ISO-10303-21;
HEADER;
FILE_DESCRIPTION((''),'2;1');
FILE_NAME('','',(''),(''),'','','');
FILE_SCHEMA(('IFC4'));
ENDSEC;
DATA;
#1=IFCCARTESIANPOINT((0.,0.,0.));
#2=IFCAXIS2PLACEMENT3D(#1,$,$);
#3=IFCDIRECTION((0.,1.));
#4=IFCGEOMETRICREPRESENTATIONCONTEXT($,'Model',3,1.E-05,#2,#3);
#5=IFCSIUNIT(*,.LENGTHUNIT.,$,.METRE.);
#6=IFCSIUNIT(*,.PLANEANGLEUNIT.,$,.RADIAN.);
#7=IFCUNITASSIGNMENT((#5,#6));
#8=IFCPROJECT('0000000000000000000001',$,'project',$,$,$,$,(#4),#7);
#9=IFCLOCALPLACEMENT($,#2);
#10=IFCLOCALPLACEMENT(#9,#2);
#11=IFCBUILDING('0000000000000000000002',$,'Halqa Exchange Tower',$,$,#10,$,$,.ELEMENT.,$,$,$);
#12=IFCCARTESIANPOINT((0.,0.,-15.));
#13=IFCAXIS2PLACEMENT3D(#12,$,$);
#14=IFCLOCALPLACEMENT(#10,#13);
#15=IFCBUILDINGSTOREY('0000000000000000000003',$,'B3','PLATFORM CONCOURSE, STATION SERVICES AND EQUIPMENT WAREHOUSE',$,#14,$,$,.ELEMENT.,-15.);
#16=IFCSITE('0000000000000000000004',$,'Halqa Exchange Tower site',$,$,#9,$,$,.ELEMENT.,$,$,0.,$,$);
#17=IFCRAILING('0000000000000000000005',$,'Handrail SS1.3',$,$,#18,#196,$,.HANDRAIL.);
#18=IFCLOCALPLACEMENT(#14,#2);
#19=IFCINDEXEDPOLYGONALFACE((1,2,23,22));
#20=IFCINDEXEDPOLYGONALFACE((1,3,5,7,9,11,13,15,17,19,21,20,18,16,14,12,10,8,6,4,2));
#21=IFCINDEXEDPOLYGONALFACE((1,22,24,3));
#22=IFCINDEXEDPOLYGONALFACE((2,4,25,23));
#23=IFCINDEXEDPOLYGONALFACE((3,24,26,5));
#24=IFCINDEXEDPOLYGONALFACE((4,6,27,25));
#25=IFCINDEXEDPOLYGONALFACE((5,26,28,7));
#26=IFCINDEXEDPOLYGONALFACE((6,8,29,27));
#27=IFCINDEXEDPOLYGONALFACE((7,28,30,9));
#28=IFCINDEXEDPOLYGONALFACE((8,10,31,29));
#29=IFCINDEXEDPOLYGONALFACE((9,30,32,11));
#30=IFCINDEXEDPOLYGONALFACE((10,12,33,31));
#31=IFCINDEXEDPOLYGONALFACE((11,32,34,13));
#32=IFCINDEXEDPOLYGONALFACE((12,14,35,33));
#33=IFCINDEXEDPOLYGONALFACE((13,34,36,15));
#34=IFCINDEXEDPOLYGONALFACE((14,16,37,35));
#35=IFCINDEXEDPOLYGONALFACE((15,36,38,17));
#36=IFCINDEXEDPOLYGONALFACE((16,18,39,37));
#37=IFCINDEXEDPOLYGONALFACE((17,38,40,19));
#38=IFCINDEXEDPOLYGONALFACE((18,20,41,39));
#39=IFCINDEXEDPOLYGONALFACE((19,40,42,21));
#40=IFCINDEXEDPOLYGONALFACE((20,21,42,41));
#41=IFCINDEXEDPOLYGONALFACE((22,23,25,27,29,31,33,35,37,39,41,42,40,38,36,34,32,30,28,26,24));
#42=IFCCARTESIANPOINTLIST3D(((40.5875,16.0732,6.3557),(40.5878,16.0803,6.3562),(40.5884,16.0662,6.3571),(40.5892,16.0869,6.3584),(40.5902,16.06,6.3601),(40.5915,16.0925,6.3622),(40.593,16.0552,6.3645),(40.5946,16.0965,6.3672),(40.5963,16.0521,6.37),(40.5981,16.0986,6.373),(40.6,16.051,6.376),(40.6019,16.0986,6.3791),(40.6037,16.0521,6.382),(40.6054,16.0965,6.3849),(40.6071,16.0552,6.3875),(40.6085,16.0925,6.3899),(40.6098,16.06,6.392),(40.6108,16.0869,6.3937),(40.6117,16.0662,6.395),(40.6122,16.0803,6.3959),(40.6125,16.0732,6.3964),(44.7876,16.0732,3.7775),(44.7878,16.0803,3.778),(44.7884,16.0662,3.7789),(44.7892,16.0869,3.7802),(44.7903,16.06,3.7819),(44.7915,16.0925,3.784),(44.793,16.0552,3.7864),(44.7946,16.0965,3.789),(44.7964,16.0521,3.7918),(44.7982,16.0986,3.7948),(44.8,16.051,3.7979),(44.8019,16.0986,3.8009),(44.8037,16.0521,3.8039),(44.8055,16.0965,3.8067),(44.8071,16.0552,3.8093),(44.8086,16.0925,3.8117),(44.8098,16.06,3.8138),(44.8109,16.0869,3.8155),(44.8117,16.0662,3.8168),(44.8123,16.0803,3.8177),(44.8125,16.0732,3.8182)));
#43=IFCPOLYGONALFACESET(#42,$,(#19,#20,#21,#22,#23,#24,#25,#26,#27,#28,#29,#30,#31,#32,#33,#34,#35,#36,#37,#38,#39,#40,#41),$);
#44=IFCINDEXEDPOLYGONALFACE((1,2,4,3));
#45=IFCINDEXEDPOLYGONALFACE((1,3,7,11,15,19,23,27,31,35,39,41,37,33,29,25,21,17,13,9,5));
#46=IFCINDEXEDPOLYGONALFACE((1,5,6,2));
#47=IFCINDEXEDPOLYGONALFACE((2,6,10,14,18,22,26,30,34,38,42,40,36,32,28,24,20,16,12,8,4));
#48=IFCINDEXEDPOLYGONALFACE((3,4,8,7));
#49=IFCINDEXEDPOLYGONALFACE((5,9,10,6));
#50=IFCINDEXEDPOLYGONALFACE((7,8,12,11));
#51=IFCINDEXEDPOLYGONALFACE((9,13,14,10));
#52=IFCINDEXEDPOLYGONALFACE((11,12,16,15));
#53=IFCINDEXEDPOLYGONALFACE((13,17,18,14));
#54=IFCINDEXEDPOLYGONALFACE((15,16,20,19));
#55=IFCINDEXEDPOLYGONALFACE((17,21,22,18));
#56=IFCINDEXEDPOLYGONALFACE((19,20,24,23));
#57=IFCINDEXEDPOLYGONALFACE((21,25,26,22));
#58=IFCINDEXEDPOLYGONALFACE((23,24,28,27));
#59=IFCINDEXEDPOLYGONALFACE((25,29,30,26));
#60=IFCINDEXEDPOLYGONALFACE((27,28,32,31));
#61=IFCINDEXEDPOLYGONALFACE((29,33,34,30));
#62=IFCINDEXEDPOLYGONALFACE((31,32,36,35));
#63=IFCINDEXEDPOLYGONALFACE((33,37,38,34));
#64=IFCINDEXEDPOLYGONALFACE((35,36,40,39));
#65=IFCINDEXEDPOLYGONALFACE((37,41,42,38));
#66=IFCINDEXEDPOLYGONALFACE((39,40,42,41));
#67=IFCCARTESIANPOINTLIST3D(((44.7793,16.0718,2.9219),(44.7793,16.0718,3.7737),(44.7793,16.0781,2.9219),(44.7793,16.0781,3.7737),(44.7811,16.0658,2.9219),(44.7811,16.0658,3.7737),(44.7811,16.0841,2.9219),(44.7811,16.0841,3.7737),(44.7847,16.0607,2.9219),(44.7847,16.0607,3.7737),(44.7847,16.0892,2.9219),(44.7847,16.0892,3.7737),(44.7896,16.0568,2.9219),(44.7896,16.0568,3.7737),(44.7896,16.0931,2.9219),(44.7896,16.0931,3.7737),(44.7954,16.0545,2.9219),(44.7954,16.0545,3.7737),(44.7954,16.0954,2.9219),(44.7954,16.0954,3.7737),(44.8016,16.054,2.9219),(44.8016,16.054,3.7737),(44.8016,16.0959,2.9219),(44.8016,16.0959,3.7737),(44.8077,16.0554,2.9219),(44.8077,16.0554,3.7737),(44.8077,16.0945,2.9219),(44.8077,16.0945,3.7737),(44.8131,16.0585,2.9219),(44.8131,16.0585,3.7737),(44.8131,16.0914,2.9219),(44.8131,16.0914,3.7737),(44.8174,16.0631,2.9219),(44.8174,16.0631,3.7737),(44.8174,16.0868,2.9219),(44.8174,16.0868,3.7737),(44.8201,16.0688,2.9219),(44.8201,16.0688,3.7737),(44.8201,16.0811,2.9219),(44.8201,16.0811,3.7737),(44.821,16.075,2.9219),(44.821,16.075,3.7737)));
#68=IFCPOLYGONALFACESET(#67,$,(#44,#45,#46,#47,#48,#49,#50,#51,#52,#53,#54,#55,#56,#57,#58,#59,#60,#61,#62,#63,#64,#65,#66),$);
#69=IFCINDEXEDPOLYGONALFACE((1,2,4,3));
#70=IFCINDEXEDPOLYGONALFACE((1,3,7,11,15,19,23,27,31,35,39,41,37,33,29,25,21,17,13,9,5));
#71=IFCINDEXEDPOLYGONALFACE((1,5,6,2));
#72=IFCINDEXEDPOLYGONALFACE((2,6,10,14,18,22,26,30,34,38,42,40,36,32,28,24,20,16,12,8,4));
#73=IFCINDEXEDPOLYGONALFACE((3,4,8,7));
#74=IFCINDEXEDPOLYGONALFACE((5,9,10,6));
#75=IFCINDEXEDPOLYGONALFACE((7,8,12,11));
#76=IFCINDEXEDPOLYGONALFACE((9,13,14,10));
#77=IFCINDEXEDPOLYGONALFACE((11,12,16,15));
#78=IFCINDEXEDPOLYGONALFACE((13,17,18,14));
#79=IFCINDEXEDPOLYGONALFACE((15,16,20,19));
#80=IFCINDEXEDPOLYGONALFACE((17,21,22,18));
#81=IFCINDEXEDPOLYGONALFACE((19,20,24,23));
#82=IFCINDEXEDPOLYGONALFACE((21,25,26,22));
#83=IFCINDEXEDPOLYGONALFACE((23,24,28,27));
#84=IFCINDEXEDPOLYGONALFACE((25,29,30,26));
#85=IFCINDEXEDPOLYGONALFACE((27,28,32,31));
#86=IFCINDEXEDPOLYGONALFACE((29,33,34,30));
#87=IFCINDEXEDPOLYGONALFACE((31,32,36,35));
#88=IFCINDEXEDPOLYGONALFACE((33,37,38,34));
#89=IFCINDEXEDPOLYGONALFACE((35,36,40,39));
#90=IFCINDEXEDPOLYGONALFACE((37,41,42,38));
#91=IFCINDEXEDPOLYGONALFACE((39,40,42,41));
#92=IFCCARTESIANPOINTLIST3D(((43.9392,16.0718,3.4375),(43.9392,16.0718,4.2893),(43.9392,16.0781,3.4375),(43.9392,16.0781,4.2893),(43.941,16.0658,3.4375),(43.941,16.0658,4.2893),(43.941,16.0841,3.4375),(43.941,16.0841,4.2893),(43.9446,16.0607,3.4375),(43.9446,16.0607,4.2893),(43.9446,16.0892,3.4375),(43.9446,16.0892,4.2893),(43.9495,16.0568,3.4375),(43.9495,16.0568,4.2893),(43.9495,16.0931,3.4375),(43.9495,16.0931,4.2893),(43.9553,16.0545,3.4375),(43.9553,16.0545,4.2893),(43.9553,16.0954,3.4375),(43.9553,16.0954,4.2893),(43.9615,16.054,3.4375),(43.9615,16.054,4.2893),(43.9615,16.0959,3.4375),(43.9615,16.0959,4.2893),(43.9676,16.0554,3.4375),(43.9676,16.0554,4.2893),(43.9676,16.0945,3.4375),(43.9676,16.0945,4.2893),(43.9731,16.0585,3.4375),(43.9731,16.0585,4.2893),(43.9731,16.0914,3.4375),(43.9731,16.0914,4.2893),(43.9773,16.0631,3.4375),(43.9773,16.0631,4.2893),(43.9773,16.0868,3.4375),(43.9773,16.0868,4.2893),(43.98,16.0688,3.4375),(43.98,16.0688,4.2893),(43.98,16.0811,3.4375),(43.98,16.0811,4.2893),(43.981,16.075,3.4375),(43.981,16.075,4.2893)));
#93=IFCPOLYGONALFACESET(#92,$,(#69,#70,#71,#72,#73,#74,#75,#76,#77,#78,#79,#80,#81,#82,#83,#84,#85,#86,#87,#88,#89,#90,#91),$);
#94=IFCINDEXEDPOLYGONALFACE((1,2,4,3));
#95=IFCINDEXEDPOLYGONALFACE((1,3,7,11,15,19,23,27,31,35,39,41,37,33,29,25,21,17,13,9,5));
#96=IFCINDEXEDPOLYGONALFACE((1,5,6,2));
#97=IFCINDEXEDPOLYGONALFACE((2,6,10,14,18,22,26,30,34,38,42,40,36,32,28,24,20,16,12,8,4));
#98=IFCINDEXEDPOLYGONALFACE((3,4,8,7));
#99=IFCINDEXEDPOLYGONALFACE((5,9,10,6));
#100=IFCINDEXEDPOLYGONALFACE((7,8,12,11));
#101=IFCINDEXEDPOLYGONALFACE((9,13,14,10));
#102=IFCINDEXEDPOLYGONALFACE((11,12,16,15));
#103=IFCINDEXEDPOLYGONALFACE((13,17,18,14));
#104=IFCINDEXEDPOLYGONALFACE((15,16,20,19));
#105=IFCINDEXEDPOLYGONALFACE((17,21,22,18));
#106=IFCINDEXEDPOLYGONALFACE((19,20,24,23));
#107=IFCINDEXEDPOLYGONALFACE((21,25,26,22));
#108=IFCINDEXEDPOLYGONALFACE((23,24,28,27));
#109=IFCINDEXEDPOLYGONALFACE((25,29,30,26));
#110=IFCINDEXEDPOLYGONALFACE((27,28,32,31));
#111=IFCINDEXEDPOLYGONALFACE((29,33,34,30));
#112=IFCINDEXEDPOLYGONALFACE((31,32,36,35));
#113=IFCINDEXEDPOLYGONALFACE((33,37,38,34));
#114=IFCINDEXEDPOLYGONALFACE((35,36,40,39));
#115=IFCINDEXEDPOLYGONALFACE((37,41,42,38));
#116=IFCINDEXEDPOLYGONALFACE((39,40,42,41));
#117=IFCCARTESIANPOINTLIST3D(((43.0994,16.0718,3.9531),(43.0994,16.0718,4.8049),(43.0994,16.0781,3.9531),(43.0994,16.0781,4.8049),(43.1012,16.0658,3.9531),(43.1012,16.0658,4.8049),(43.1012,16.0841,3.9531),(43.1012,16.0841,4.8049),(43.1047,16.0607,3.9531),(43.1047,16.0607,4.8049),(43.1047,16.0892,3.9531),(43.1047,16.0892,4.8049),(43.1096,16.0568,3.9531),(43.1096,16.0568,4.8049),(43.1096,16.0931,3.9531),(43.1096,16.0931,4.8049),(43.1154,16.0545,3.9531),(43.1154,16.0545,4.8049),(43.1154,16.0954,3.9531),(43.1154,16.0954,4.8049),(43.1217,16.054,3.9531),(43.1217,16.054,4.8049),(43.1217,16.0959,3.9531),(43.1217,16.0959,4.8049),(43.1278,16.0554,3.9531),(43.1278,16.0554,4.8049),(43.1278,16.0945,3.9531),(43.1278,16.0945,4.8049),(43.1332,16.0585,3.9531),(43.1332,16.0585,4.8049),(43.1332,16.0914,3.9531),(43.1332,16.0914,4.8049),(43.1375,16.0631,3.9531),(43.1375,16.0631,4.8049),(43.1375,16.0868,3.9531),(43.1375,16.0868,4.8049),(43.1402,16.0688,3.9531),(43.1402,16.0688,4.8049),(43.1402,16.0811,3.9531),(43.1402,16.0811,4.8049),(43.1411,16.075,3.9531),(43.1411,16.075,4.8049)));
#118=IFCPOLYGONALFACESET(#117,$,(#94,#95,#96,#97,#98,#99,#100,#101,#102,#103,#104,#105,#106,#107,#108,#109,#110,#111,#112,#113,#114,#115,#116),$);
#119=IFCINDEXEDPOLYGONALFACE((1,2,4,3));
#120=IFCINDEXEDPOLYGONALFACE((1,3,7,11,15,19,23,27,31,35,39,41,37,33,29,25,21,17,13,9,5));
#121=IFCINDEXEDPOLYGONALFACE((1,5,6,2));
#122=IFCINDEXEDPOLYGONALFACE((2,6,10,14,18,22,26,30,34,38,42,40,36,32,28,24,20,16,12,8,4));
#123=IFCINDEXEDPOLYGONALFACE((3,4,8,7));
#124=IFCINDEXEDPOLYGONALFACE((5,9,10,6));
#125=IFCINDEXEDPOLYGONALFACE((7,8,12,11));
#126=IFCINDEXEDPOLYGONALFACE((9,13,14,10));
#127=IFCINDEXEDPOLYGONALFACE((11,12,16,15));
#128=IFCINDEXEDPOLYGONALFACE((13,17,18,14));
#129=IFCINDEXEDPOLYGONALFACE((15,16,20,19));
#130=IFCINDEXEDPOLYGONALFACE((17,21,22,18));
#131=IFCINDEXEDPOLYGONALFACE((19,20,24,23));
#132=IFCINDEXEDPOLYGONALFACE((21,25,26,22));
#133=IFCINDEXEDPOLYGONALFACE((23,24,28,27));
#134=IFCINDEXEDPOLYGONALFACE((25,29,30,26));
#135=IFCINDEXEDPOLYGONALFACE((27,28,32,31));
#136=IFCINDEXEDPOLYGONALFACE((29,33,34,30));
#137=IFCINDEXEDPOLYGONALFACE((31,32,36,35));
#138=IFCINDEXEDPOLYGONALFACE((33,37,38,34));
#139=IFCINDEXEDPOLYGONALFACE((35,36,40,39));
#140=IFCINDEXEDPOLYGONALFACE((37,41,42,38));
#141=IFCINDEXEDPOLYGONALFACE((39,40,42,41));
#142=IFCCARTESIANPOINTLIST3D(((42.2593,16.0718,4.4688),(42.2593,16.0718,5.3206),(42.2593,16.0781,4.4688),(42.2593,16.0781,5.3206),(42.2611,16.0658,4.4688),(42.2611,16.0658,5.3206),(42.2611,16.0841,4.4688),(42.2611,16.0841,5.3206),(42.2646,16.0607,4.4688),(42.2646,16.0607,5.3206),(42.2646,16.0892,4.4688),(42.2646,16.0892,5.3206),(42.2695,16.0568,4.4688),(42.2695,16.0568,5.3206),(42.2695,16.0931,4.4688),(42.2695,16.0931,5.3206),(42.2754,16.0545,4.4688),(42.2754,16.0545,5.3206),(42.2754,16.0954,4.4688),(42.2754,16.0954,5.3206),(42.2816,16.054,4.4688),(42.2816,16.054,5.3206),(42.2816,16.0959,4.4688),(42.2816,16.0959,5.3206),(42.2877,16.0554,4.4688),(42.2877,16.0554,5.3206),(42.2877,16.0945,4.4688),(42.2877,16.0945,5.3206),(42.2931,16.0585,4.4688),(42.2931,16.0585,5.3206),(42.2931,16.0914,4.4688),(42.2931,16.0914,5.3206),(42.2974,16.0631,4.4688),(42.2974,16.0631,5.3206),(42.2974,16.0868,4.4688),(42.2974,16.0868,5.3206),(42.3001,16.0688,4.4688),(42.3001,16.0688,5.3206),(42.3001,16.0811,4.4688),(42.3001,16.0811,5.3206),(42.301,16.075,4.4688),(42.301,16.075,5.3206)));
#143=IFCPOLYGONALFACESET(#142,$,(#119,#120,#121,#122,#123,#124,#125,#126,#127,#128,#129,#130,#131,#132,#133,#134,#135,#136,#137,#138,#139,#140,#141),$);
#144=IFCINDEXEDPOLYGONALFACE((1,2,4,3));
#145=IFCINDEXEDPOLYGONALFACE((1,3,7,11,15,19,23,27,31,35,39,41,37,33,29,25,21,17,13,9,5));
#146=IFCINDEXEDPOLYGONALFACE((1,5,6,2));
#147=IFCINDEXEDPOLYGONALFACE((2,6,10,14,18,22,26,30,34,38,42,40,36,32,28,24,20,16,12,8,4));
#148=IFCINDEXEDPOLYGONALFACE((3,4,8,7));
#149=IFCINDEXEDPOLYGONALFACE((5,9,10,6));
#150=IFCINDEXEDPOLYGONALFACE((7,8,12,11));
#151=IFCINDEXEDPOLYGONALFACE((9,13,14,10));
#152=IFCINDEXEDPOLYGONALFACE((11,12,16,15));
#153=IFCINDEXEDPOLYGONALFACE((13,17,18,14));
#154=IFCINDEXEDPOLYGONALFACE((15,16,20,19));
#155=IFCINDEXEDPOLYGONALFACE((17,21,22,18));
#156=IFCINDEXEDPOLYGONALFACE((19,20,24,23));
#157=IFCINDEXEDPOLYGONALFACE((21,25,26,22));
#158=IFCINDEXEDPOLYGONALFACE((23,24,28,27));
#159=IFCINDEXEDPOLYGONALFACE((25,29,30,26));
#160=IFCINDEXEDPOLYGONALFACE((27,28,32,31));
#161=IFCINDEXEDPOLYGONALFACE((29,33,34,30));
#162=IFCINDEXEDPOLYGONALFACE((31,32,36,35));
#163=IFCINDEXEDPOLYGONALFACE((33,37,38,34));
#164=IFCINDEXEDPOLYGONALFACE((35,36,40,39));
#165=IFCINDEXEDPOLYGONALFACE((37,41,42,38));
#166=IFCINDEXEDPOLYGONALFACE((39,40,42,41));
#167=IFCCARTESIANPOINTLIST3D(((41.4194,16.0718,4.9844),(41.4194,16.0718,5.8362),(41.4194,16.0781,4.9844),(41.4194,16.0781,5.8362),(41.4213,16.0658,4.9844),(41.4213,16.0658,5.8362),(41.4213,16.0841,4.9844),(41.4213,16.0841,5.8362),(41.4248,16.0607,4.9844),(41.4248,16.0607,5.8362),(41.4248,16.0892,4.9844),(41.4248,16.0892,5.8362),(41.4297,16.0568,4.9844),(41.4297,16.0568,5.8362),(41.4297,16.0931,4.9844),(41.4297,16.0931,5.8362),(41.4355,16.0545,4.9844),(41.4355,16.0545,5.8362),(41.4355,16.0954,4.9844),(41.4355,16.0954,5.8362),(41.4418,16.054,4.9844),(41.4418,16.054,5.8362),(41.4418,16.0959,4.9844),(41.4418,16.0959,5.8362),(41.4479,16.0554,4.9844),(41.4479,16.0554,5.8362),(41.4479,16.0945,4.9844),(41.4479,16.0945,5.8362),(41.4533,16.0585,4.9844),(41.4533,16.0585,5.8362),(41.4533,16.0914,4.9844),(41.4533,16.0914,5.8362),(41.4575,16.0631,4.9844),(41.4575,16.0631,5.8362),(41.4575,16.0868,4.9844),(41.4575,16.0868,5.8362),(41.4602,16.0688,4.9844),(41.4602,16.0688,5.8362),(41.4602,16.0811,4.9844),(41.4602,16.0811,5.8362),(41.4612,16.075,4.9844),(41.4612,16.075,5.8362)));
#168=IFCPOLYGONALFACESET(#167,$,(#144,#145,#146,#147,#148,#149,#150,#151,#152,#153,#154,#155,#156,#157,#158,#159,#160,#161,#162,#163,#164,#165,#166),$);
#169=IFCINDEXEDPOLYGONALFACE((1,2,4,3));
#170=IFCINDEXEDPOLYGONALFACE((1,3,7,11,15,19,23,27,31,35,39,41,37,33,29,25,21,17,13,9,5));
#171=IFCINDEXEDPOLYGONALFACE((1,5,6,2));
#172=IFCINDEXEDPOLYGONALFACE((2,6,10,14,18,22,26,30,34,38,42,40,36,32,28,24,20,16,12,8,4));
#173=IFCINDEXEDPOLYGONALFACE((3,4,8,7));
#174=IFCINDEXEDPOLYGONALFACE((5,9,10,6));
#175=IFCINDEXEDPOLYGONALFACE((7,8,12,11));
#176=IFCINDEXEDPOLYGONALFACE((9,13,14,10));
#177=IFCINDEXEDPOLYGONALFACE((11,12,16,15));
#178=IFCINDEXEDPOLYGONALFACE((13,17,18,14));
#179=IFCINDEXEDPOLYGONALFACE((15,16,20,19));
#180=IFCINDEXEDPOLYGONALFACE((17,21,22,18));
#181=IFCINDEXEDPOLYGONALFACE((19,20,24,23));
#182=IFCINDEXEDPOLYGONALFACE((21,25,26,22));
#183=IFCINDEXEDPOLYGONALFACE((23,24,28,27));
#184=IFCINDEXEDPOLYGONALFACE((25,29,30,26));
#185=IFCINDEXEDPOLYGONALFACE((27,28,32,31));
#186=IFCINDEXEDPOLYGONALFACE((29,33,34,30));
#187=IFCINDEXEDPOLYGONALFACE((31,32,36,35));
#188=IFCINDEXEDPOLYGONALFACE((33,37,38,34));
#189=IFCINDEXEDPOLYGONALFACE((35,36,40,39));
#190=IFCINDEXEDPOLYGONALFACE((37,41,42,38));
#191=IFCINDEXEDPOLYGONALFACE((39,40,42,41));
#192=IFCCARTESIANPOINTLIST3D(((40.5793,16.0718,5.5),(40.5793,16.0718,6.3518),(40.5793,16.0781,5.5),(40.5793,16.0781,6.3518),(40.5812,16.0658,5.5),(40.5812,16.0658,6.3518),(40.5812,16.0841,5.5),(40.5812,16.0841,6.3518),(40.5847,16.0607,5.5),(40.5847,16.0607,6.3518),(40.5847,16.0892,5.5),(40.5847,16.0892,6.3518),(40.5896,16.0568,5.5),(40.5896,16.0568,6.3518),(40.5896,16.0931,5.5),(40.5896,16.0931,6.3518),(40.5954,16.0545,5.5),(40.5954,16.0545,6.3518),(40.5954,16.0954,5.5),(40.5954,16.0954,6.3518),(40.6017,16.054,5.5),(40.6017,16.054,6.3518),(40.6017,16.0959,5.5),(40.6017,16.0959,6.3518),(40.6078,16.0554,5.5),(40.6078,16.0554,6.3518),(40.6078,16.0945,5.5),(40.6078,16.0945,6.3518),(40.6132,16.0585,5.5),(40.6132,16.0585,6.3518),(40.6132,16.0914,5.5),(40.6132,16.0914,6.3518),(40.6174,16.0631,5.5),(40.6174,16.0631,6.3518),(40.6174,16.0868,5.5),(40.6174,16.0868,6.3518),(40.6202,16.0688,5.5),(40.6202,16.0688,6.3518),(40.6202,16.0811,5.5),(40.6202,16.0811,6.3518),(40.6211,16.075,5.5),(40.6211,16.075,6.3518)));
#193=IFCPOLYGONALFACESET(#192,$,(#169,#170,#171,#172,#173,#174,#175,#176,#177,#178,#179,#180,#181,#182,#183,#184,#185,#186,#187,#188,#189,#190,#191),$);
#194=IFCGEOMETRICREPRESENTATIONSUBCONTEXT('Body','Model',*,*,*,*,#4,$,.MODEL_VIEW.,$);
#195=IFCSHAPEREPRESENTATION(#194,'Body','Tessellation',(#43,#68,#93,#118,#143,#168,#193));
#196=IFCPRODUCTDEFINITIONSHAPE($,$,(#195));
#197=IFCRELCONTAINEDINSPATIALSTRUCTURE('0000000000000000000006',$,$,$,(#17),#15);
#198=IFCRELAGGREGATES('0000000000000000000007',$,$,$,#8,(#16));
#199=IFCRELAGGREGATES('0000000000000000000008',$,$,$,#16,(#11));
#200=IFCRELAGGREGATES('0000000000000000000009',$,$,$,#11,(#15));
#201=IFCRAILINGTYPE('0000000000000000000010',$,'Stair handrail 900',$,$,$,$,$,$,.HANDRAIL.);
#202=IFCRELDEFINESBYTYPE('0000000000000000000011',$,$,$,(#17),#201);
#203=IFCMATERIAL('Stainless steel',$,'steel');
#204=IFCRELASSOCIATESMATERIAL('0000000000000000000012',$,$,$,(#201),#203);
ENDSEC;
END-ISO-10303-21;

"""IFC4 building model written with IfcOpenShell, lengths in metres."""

from ifc_helpers import new_model, si_unit, direction, frame, origin, origin_2d, place, context, subcontext, project, spatial, circle, extrude, material, type_object, element, save


model = new_model("IFC4")

# Units and contexts
model_context = context("Model", 3, precision=1e-05, world=origin(), true_north=direction((0.0, 1.0)))
body_context = subcontext(model_context, "Body", "Model", "MODEL_VIEW")
ifc_project = project(units=[si_unit("LENGTHUNIT", "METRE"), si_unit("PLANEANGLEUNIT", "RADIAN")], contexts=[model_context])

# Site, building, storey
site_placement = place(None, origin())
site = spatial("IfcSite", under=ifc_project, at=site_placement, Name="Halqa Exchange Tower site", CompositionType="ELEMENT", RefElevation=0.0)
building_placement = place(site_placement, origin())
building = spatial("IfcBuilding", under=site, at=building_placement, Name="Halqa Exchange Tower", CompositionType="ELEMENT")
storey_placement = place(building_placement, frame((0.0, 0.0, -15.0)))
storey = spatial("IfcBuildingStorey", under=building, at=storey_placement, Name="B3", Description="PLATFORM CONCOURSE, STATION SERVICES AND EQUIPMENT WAREHOUSE", CompositionType="ELEMENT", Elevation=-15.0)

# Railing
ifc_material_1 = material(Name="Stainless steel", Category="steel")
railing_type = type_object("IfcRailingType", Name="Stair handrail 900", PredefinedType="HANDRAIL", material=ifc_material_1)
railing_1_placement = place(storey_placement, frame((44.8, 16.075, 2.9219)))
element("IfcRailing", 1, at=railing_1_placement, inside=storey, type_object=railing_type, Name="Handrail SS1.3", PredefinedType="HANDRAIL", context=body_context, shape_type="SweptSolid", body=[
    extrude(circle(Radius=0.0239, at=origin_2d()), frame((0.0, 0.0, 0.876), z_axis=(-0.852243, 0.0, 0.523146), x_axis=(0.0, -1.0, 0.0)), (0.0, 0.0, 1.0), 4.9282),
    extrude(circle(Radius=0.021, at=origin_2d()), origin(), (0.0, 0.0, 1.0), 0.8518),
    extrude(circle(Radius=0.021, at=origin_2d()), frame((-0.8401, 0.0, 0.5156)), (0.0, 0.0, 1.0), 0.8518),
    extrude(circle(Radius=0.021, at=origin_2d()), frame((-1.6799, 0.0, 1.0312)), (0.0, 0.0, 1.0), 0.8518),
    extrude(circle(Radius=0.021, at=origin_2d()), frame((-2.52, 0.0, 1.5469)), (0.0, 0.0, 1.0), 0.8518),
    extrude(circle(Radius=0.021, at=origin_2d()), frame((-3.3599, 0.0, 2.0625)), (0.0, 0.0, 1.0), 0.8518),
    extrude(circle(Radius=0.021, at=origin_2d()), frame((-4.2, 0.0, 2.5781)), (0.0, 0.0, 1.0), 0.8518),
])

save(model, "model.ifc")
